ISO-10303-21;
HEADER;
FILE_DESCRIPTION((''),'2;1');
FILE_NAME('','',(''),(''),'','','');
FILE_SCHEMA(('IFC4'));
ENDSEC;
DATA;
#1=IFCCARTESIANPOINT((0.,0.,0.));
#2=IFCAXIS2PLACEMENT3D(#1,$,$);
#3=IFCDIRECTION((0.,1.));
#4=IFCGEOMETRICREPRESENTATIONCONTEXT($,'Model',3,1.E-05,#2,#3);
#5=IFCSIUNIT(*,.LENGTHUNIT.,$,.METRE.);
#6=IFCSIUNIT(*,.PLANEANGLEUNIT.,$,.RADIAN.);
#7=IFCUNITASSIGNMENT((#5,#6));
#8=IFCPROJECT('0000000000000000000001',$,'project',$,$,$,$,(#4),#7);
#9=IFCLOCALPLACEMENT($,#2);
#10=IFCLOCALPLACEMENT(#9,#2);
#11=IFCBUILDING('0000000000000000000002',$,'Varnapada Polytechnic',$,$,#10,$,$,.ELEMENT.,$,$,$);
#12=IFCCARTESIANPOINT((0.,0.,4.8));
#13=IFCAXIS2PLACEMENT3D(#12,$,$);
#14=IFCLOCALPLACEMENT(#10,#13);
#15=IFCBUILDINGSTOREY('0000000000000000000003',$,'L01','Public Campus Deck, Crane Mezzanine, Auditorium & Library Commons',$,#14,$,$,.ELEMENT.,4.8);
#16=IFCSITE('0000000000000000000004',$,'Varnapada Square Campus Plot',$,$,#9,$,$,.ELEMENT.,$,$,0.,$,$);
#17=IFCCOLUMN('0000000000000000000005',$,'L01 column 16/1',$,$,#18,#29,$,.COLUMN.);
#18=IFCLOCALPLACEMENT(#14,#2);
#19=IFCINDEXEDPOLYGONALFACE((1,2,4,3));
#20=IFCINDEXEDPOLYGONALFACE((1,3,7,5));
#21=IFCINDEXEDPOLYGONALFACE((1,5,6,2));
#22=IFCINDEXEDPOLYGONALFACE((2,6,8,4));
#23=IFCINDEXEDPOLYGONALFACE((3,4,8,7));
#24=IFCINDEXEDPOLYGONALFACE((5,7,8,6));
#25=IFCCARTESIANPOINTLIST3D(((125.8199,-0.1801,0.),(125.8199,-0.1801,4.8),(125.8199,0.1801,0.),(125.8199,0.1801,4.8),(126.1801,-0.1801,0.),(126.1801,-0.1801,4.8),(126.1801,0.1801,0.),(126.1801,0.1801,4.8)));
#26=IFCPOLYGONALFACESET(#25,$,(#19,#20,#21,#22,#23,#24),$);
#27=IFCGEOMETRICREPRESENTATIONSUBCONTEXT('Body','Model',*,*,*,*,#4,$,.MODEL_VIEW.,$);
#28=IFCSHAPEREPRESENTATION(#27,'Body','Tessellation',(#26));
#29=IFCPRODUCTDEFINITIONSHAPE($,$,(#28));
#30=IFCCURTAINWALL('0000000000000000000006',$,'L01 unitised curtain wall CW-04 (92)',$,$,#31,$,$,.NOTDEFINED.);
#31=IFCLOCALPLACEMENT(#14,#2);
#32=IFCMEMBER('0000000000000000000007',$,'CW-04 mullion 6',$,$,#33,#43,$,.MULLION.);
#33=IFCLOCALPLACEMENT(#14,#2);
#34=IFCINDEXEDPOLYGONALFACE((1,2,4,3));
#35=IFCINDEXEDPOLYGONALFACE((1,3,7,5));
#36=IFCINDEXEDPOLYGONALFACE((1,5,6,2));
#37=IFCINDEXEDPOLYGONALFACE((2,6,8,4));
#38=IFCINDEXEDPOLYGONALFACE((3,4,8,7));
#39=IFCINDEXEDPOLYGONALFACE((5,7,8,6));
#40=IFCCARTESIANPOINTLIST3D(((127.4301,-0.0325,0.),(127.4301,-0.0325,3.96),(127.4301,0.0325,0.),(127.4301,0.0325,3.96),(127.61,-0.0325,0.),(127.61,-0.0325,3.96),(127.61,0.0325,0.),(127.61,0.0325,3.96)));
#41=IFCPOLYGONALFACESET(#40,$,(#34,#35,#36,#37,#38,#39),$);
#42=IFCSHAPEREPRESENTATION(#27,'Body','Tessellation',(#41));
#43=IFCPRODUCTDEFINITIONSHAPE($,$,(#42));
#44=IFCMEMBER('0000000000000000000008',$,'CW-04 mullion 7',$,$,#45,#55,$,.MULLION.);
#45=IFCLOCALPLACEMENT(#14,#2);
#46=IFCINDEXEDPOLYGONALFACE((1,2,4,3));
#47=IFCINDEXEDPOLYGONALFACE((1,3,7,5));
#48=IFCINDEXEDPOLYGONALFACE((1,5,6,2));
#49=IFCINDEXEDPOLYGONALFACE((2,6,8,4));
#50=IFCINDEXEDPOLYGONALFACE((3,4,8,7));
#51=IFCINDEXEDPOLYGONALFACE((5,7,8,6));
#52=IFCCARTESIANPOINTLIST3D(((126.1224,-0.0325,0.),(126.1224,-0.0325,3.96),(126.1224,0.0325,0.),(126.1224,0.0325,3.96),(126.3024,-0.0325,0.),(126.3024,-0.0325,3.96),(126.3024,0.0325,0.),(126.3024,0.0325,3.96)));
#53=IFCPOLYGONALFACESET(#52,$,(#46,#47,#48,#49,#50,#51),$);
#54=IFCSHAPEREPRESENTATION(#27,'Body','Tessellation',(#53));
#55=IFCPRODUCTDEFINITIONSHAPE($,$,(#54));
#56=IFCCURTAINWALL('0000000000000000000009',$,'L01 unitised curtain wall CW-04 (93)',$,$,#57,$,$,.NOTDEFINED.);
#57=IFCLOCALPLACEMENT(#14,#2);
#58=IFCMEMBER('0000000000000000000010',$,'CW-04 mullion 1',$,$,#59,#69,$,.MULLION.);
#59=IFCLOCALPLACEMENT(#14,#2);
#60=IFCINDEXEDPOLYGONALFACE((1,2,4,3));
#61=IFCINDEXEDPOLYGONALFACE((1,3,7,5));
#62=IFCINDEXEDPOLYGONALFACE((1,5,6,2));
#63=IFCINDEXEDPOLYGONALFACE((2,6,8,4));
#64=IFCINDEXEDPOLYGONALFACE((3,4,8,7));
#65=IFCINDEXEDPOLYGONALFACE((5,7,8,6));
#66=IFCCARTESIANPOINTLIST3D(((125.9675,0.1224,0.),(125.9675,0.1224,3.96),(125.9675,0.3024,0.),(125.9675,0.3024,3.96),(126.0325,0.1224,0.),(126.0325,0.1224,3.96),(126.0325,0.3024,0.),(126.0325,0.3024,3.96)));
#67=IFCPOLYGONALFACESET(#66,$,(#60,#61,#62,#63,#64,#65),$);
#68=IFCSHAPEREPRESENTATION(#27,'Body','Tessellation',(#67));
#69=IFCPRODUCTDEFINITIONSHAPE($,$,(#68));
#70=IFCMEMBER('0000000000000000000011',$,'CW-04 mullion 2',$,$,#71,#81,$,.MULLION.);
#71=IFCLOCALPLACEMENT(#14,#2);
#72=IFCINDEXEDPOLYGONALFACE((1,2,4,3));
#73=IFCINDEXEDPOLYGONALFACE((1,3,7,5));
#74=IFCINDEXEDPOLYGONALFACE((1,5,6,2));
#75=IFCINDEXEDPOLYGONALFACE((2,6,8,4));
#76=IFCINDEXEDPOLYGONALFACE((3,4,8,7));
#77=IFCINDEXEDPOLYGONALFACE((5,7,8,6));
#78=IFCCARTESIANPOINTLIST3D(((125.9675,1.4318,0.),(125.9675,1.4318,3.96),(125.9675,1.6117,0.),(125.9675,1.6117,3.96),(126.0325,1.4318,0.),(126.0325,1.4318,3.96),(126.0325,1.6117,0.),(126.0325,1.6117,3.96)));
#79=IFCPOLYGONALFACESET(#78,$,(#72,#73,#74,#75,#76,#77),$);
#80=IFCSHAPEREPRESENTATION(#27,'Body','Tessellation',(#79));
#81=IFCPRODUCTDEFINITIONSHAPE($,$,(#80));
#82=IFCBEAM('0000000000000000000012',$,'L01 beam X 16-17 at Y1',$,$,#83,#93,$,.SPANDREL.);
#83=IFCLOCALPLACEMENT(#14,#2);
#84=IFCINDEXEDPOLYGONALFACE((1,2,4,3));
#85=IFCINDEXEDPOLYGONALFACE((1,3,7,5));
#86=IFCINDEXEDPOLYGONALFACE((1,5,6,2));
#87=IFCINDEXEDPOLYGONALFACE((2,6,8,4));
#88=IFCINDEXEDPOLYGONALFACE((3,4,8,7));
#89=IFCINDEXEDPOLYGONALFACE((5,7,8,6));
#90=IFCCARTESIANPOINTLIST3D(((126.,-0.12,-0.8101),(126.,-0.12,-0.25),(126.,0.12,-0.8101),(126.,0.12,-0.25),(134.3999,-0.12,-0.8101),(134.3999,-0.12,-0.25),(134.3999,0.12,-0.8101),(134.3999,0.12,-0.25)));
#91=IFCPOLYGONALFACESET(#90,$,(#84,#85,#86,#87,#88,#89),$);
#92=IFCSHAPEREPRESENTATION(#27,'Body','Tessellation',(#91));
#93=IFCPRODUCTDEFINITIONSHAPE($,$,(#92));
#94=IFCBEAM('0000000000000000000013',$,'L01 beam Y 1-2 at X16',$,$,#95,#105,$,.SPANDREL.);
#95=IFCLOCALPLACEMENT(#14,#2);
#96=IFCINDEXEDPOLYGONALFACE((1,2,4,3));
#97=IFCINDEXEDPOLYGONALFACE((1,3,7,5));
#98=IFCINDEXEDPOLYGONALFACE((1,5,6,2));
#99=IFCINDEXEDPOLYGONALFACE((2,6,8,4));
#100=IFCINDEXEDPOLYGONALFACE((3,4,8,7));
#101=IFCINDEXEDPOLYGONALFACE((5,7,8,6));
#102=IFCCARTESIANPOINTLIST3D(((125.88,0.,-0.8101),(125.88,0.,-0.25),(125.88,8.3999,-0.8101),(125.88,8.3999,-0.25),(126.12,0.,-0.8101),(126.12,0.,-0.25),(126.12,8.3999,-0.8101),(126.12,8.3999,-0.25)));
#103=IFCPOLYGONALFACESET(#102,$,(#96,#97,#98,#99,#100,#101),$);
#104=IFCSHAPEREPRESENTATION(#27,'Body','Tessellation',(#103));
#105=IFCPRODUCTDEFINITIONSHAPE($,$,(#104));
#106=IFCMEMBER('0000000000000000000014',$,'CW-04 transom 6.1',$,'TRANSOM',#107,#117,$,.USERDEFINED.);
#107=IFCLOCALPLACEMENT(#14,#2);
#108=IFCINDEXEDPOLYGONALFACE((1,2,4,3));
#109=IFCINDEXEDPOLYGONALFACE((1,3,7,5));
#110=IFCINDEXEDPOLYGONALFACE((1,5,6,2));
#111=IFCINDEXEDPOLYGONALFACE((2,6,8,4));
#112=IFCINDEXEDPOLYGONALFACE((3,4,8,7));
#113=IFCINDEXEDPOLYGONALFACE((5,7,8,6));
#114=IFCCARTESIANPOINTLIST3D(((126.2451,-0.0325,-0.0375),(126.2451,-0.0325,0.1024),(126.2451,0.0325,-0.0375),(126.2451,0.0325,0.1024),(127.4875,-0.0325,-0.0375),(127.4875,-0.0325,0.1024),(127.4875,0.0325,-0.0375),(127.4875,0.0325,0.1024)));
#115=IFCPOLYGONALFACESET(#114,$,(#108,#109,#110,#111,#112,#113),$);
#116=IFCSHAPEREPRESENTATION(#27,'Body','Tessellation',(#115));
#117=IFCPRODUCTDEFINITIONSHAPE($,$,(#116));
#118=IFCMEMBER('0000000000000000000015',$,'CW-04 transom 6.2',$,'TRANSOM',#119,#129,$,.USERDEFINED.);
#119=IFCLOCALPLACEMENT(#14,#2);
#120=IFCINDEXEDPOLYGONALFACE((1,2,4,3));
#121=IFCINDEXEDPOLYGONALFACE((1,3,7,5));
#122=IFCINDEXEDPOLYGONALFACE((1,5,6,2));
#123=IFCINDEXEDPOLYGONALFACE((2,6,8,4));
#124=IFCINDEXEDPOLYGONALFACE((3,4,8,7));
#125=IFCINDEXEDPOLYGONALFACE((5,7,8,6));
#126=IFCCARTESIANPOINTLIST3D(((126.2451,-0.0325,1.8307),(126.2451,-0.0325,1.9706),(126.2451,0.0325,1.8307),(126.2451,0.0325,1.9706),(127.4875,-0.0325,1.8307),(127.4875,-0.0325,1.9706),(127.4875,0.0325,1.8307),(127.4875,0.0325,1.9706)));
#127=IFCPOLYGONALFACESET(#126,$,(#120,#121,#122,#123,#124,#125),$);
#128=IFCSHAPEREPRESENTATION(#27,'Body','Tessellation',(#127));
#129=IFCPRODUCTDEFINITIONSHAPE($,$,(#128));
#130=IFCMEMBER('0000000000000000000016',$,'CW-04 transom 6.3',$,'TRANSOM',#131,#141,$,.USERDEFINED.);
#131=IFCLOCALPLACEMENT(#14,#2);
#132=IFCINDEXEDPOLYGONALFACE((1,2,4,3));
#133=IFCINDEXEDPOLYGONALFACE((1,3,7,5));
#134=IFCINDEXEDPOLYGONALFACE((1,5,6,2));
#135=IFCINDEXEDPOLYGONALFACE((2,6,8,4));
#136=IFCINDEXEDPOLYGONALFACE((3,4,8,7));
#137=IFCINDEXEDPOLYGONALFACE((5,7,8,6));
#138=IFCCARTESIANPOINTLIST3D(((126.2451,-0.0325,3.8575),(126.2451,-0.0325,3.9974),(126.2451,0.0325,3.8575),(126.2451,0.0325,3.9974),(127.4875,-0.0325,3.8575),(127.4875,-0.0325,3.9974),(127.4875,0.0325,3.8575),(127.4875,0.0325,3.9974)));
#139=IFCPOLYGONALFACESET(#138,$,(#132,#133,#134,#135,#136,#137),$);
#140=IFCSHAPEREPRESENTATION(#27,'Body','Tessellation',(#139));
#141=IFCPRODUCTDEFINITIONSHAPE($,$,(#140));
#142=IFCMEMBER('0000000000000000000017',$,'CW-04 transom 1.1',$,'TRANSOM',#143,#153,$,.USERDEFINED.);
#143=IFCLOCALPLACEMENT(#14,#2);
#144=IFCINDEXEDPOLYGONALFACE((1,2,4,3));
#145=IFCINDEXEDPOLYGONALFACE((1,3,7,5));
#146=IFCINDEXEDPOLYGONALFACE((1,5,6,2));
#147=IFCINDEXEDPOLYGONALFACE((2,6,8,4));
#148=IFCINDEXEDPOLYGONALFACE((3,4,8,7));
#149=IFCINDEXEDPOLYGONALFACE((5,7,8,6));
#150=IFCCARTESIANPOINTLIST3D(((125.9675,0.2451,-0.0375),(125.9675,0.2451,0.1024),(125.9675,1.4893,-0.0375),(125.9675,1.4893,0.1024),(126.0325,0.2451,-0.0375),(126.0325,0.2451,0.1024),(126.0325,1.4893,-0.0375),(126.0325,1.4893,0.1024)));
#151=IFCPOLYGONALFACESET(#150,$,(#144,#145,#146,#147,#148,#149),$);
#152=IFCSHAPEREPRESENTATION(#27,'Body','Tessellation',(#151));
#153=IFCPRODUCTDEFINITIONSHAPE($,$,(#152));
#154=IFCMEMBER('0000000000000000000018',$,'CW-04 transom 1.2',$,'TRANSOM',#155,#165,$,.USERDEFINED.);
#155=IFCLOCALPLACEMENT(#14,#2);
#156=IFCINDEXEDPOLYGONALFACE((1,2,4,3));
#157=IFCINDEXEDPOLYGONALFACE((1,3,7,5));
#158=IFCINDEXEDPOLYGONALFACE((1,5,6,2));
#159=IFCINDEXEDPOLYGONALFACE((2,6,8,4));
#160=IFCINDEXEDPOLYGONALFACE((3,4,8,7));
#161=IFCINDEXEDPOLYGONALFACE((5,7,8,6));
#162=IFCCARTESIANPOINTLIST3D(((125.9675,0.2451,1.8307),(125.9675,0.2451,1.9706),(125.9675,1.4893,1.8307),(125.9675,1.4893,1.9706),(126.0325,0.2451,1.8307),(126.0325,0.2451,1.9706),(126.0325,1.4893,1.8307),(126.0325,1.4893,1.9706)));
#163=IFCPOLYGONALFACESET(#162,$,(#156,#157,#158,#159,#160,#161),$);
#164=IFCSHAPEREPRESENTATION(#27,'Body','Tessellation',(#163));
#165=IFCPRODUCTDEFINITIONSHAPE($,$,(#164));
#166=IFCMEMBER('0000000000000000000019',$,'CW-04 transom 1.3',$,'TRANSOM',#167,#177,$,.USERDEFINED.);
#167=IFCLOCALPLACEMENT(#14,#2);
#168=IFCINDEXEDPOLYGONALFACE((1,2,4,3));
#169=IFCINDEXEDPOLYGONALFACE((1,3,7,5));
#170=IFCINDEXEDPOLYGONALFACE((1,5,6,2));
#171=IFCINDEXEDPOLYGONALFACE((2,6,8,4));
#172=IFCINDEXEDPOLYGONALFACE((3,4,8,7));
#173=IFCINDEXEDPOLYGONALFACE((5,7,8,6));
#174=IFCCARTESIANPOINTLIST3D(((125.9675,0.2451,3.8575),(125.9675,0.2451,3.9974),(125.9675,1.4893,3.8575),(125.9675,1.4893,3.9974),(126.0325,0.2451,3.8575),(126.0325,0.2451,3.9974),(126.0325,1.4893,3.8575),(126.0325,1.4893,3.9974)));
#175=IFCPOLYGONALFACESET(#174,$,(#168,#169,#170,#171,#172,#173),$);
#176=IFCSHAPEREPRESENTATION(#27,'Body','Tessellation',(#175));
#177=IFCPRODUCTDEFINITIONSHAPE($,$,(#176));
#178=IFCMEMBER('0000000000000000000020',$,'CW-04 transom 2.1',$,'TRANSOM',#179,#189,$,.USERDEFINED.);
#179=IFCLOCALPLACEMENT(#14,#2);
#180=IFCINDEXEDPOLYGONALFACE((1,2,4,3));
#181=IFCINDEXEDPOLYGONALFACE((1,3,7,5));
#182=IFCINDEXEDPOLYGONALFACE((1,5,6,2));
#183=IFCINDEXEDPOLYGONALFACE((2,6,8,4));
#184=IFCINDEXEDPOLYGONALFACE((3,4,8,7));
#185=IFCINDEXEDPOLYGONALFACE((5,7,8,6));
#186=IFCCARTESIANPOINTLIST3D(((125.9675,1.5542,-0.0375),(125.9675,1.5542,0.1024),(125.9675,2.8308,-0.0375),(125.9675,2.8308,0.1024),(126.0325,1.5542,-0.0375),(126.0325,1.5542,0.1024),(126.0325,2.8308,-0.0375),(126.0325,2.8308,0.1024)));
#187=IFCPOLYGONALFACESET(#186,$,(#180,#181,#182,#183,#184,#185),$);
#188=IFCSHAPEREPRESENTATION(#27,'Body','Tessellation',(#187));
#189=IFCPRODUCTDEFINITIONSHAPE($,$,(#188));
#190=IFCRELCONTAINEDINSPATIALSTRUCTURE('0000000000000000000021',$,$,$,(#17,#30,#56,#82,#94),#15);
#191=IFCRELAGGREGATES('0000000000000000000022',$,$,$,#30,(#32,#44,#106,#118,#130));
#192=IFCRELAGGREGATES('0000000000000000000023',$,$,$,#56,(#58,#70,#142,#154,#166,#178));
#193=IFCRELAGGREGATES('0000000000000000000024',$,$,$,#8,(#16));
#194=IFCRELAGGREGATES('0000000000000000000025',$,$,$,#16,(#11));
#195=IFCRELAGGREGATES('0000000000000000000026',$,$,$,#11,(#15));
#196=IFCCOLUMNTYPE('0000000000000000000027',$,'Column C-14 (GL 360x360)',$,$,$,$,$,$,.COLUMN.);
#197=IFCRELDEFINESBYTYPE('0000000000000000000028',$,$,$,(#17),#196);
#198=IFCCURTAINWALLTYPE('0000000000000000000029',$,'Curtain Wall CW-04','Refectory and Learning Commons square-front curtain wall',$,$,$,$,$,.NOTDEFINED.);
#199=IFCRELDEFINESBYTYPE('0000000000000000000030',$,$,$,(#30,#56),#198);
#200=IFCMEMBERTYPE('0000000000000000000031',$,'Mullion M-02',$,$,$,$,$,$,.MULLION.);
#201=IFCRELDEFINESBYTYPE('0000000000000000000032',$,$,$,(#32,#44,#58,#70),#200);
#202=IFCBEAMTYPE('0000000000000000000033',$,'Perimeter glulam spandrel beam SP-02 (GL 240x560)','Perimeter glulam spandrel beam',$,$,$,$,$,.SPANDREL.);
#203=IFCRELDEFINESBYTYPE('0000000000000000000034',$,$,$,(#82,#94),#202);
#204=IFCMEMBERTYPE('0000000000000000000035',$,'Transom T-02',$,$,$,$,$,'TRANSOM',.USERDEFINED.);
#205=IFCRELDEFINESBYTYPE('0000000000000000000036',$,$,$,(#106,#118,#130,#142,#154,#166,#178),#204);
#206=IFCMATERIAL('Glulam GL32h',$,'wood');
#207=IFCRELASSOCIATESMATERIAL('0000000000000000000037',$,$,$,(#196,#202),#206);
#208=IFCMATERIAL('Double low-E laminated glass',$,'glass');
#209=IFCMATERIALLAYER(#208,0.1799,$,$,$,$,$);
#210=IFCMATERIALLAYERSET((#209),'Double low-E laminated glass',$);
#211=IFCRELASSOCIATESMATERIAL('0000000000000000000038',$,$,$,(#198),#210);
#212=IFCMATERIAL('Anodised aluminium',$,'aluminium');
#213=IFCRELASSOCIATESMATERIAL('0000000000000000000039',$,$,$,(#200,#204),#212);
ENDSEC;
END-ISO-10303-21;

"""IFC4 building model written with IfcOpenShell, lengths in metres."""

from ifc_helpers import new_model, si_unit, direction, frame, origin, origin_2d, place, context, subcontext, project, spatial, rectangle, extrude, material, layer, layer_set, material_profile, profile_set, type_object, element, aggregate, save


model = new_model("IFC4")

# Units and contexts
model_context = context("Model", 3, precision=1e-05, world=origin(), true_north=direction((0.0, 1.0)))
body_context = subcontext(model_context, "Body", "Model", "MODEL_VIEW")
ifc_project = project(units=[si_unit("LENGTHUNIT", "METRE"), si_unit("PLANEANGLEUNIT", "RADIAN")], contexts=[model_context])

# Site, building, storey
site_placement = place(None, origin())
site = spatial("IfcSite", under=ifc_project, at=site_placement, Name="Varnapada Square Campus Plot", CompositionType="ELEMENT", RefElevation=0.0)
building_placement = place(site_placement, origin())
building = spatial("IfcBuilding", under=site, at=building_placement, Name="Varnapada Polytechnic", CompositionType="ELEMENT")
storey_placement = place(building_placement, frame((0.0, 0.0, 4.8)))
storey = spatial("IfcBuildingStorey", under=building, at=storey_placement, Name="L01", Description="Public Campus Deck, Crane Mezzanine, Auditorium & Library Commons", CompositionType="ELEMENT", Elevation=4.8)

# Column
ifc_material_1 = material(Name="Glulam GL32h", Category="wood")
ifc_material_profile_1 = material_profile(ifc_material_1, rectangle(XDim=0.3601, YDim=0.3601, at=origin_2d()), Name="GL 360x360")
ifc_profile_set_1 = profile_set([ifc_material_profile_1], Name="Glulam GL32h")
column_type = type_object("IfcColumnType", Name="Column C-14 (GL 360x360)", PredefinedType="COLUMN", material=ifc_profile_set_1)
column_placement = place(storey_placement, frame((126.0, 0.0, 0.0), z_axis=(0.0, 0.0, 1.0), x_axis=(1.0, 0.0, 0.0)))
element("IfcColumn", 1, at=column_placement, inside=storey, type_object=column_type, Name="L01 column 16/1", PredefinedType="COLUMN", context=body_context, shape_type="SweptSolid", body=[
    extrude(rectangle(XDim=0.3601, YDim=0.3601, at=origin_2d()), origin(), (0.0, 0.0, 1.0), 4.8),
])

# Curtain walls, members
ifc_material_2 = material(Name="Double low-E laminated glass", Category="glass")
ifc_layer_1 = layer(ifc_material_2, 0.1799)
ifc_layer_set_1 = layer_set([ifc_layer_1], Name="Double low-E laminated glass")
curtain_wall_type = type_object("IfcCurtainWallType", Name="Curtain Wall CW-04", Description="Refectory and Learning Commons square-front curtain wall", PredefinedType="NOTDEFINED", material=ifc_layer_set_1)
curtain_wall_1_placement = place(storey_placement, origin())
curtain_wall_1 = element("IfcCurtainWall", 2, at=curtain_wall_1_placement, inside=storey, type_object=curtain_wall_type, Name="L01 unitised curtain wall CW-04 (92)", PredefinedType="NOTDEFINED")
ifc_material_3 = material(Name="Anodised aluminium", Category="aluminium")
ifc_material_profile_2 = material_profile(ifc_material_3, rectangle(XDim=0.0649, YDim=0.1799, at=origin_2d()), Name="ALU M65x180")
ifc_profile_set_2 = profile_set([ifc_material_profile_2], Name="Anodised aluminium")
member_type_1 = type_object("IfcMemberType", Name="Mullion M-02", PredefinedType="MULLION", material=ifc_profile_set_2)
member_1_placement = place(storey_placement, frame((127.52, 0.0, 0.0), z_axis=(0.0, 0.0, 1.0), x_axis=(0.0, -1.0, 0.0)))
member_1 = element("IfcMember", 3, at=member_1_placement, type_object=member_type_1, Name="CW-04 mullion 6", PredefinedType="MULLION", context=body_context, shape_type="SweptSolid", body=[
    extrude(rectangle(XDim=0.0649, YDim=0.1799, at=origin_2d()), origin(), (0.0, 0.0, 1.0), 3.96),
])
member_2_placement = place(storey_placement, frame((126.2124, 0.0, 0.0), z_axis=(0.0, 0.0, 1.0), x_axis=(0.0, -1.0, 0.0)))
member_2 = element("IfcMember", 4, at=member_2_placement, type_object=member_type_1, Name="CW-04 mullion 7", PredefinedType="MULLION", context=body_context, shape_type="SweptSolid", body=[
    extrude(rectangle(XDim=0.0649, YDim=0.1799, at=origin_2d()), origin(), (0.0, 0.0, 1.0), 3.96),
])
curtain_wall_2_placement = place(storey_placement, origin())
curtain_wall_2 = element("IfcCurtainWall", 5, at=curtain_wall_2_placement, inside=storey, type_object=curtain_wall_type, Name="L01 unitised curtain wall CW-04 (93)", PredefinedType="NOTDEFINED")
member_3_placement = place(storey_placement, frame((126.0, 0.2124, 0.0), z_axis=(0.0, 0.0, 1.0), x_axis=(-1.0, 0.0, 0.0)))
member_3 = element("IfcMember", 6, at=member_3_placement, type_object=member_type_1, Name="CW-04 mullion 1", PredefinedType="MULLION", context=body_context, shape_type="SweptSolid", body=[
    extrude(rectangle(XDim=0.0649, YDim=0.1799, at=origin_2d()), origin(), (0.0, 0.0, 1.0), 3.96),
])
member_4_placement = place(storey_placement, frame((126.0, 1.5217, 0.0), z_axis=(0.0, 0.0, 1.0), x_axis=(-1.0, 0.0, 0.0)))
member_4 = element("IfcMember", 7, at=member_4_placement, type_object=member_type_1, Name="CW-04 mullion 2", PredefinedType="MULLION", context=body_context, shape_type="SweptSolid", body=[
    extrude(rectangle(XDim=0.0649, YDim=0.1799, at=origin_2d()), origin(), (0.0, 0.0, 1.0), 3.96),
])

# Beams
ifc_material_profile_3 = material_profile(ifc_material_1, rectangle(XDim=0.24, YDim=0.5601, at=origin_2d()), Name="GL 240x560")
ifc_profile_set_3 = profile_set([ifc_material_profile_3], Name="Glulam GL32h")
beam_type = type_object("IfcBeamType", Name="Perimeter glulam spandrel beam SP-02 (GL 240x560)", Description="Perimeter glulam spandrel beam", PredefinedType="SPANDREL", material=ifc_profile_set_3)
for number, where, z_axis, x_axis, name in (
    (8, (126.0, 0.0, -0.53), (1.0, 0.0, 0.0), (0.0, 1.0, 0.0), "L01 beam X 16-17 at Y1"),
    (9, (126.0, 0.0, -0.53), (0.0, 1.0, 0.0), (-1.0, 0.0, 0.0), "L01 beam Y 1-2 at X16"),
):
    element("IfcBeam", number, at=place(storey_placement, frame(where, z_axis=z_axis, x_axis=x_axis)), inside=storey, type_object=beam_type, Name=name, PredefinedType="SPANDREL", context=body_context, shape_type="SweptSolid", body=[
        extrude(rectangle(XDim=0.24, YDim=0.5601, at=origin_2d()), origin(), (0.0, 0.0, 1.0), 8.3999),
    ])

# Members
ifc_material_profile_4 = material_profile(ifc_material_3, rectangle(XDim=0.0649, YDim=0.1399, at=origin_2d()), Name="ALU T65x140")
ifc_profile_set_4 = profile_set([ifc_material_profile_4], Name="Anodised aluminium")
member_type_2 = type_object("IfcMemberType", Name="Transom T-02", ElementType="TRANSOM", PredefinedType="USERDEFINED", material=ifc_profile_set_4)
member_5_placement = place(storey_placement, frame((127.4875, 0.0, 0.0325), z_axis=(-1.0, 0.0, 0.0), x_axis=(0.0, -1.0, 0.0)))
member_5 = element("IfcMember", 10, at=member_5_placement, type_object=member_type_2, Name="CW-04 transom 6.1", ObjectType="TRANSOM", PredefinedType="USERDEFINED", context=body_context, shape_type="SweptSolid", body=[
    extrude(rectangle(XDim=0.0649, YDim=0.1399, at=origin_2d()), origin(), (0.0, 0.0, 1.0), 1.2424),
])
member_6_placement = place(storey_placement, frame((127.4875, 0.0, 1.9006), z_axis=(-1.0, 0.0, 0.0), x_axis=(0.0, -1.0, 0.0)))
member_6 = element("IfcMember", 11, at=member_6_placement, type_object=member_type_2, Name="CW-04 transom 6.2", ObjectType="TRANSOM", PredefinedType="USERDEFINED", context=body_context, shape_type="SweptSolid", body=[
    extrude(rectangle(XDim=0.0649, YDim=0.1399, at=origin_2d()), origin(), (0.0, 0.0, 1.0), 1.2424),
])
member_7_placement = place(storey_placement, frame((127.4875, 0.0, 3.9275), z_axis=(-1.0, 0.0, 0.0), x_axis=(0.0, -1.0, 0.0)))
member_7 = element("IfcMember", 12, at=member_7_placement, type_object=member_type_2, Name="CW-04 transom 6.3", ObjectType="TRANSOM", PredefinedType="USERDEFINED", context=body_context, shape_type="SweptSolid", body=[
    extrude(rectangle(XDim=0.0649, YDim=0.1399, at=origin_2d()), origin(), (0.0, 0.0, 1.0), 1.2424),
])
member_8_placement = place(storey_placement, frame((126.0, 0.2451, 0.0325), z_axis=(0.0, 1.0, 0.0), x_axis=(-1.0, 0.0, 0.0)))
member_8 = element("IfcMember", 13, at=member_8_placement, type_object=member_type_2, Name="CW-04 transom 1.1", ObjectType="TRANSOM", PredefinedType="USERDEFINED", context=body_context, shape_type="SweptSolid", body=[
    extrude(rectangle(XDim=0.0649, YDim=0.1399, at=origin_2d()), origin(), (0.0, 0.0, 1.0), 1.2441),
])
member_9_placement = place(storey_placement, frame((126.0, 0.2451, 1.9006), z_axis=(0.0, 1.0, 0.0), x_axis=(-1.0, 0.0, 0.0)))
member_9 = element("IfcMember", 14, at=member_9_placement, type_object=member_type_2, Name="CW-04 transom 1.2", ObjectType="TRANSOM", PredefinedType="USERDEFINED", context=body_context, shape_type="SweptSolid", body=[
    extrude(rectangle(XDim=0.0649, YDim=0.1399, at=origin_2d()), origin(), (0.0, 0.0, 1.0), 1.2441),
])
member_10_placement = place(storey_placement, frame((126.0, 0.2451, 3.9275), z_axis=(0.0, 1.0, 0.0), x_axis=(-1.0, 0.0, 0.0)))
member_10 = element("IfcMember", 15, at=member_10_placement, type_object=member_type_2, Name="CW-04 transom 1.3", ObjectType="TRANSOM", PredefinedType="USERDEFINED", context=body_context, shape_type="SweptSolid", body=[
    extrude(rectangle(XDim=0.0649, YDim=0.1399, at=origin_2d()), origin(), (0.0, 0.0, 1.0), 1.2441),
])
member_11_placement = place(storey_placement, frame((126.0, 1.5542, 0.0325), z_axis=(0.0, 1.0, 0.0), x_axis=(-1.0, 0.0, 0.0)))
member_11 = element("IfcMember", 16, at=member_11_placement, type_object=member_type_2, Name="CW-04 transom 2.1", ObjectType="TRANSOM", PredefinedType="USERDEFINED", context=body_context, shape_type="SweptSolid", body=[
    extrude(rectangle(XDim=0.0649, YDim=0.1399, at=origin_2d()), origin(), (0.0, 0.0, 1.0), 1.2766),
])

aggregate(curtain_wall_1, [member_1, member_2, member_5, member_6, member_7])
aggregate(curtain_wall_2, [member_3, member_4, member_8, member_9, member_10, member_11])

save(model, "model.ifc")
